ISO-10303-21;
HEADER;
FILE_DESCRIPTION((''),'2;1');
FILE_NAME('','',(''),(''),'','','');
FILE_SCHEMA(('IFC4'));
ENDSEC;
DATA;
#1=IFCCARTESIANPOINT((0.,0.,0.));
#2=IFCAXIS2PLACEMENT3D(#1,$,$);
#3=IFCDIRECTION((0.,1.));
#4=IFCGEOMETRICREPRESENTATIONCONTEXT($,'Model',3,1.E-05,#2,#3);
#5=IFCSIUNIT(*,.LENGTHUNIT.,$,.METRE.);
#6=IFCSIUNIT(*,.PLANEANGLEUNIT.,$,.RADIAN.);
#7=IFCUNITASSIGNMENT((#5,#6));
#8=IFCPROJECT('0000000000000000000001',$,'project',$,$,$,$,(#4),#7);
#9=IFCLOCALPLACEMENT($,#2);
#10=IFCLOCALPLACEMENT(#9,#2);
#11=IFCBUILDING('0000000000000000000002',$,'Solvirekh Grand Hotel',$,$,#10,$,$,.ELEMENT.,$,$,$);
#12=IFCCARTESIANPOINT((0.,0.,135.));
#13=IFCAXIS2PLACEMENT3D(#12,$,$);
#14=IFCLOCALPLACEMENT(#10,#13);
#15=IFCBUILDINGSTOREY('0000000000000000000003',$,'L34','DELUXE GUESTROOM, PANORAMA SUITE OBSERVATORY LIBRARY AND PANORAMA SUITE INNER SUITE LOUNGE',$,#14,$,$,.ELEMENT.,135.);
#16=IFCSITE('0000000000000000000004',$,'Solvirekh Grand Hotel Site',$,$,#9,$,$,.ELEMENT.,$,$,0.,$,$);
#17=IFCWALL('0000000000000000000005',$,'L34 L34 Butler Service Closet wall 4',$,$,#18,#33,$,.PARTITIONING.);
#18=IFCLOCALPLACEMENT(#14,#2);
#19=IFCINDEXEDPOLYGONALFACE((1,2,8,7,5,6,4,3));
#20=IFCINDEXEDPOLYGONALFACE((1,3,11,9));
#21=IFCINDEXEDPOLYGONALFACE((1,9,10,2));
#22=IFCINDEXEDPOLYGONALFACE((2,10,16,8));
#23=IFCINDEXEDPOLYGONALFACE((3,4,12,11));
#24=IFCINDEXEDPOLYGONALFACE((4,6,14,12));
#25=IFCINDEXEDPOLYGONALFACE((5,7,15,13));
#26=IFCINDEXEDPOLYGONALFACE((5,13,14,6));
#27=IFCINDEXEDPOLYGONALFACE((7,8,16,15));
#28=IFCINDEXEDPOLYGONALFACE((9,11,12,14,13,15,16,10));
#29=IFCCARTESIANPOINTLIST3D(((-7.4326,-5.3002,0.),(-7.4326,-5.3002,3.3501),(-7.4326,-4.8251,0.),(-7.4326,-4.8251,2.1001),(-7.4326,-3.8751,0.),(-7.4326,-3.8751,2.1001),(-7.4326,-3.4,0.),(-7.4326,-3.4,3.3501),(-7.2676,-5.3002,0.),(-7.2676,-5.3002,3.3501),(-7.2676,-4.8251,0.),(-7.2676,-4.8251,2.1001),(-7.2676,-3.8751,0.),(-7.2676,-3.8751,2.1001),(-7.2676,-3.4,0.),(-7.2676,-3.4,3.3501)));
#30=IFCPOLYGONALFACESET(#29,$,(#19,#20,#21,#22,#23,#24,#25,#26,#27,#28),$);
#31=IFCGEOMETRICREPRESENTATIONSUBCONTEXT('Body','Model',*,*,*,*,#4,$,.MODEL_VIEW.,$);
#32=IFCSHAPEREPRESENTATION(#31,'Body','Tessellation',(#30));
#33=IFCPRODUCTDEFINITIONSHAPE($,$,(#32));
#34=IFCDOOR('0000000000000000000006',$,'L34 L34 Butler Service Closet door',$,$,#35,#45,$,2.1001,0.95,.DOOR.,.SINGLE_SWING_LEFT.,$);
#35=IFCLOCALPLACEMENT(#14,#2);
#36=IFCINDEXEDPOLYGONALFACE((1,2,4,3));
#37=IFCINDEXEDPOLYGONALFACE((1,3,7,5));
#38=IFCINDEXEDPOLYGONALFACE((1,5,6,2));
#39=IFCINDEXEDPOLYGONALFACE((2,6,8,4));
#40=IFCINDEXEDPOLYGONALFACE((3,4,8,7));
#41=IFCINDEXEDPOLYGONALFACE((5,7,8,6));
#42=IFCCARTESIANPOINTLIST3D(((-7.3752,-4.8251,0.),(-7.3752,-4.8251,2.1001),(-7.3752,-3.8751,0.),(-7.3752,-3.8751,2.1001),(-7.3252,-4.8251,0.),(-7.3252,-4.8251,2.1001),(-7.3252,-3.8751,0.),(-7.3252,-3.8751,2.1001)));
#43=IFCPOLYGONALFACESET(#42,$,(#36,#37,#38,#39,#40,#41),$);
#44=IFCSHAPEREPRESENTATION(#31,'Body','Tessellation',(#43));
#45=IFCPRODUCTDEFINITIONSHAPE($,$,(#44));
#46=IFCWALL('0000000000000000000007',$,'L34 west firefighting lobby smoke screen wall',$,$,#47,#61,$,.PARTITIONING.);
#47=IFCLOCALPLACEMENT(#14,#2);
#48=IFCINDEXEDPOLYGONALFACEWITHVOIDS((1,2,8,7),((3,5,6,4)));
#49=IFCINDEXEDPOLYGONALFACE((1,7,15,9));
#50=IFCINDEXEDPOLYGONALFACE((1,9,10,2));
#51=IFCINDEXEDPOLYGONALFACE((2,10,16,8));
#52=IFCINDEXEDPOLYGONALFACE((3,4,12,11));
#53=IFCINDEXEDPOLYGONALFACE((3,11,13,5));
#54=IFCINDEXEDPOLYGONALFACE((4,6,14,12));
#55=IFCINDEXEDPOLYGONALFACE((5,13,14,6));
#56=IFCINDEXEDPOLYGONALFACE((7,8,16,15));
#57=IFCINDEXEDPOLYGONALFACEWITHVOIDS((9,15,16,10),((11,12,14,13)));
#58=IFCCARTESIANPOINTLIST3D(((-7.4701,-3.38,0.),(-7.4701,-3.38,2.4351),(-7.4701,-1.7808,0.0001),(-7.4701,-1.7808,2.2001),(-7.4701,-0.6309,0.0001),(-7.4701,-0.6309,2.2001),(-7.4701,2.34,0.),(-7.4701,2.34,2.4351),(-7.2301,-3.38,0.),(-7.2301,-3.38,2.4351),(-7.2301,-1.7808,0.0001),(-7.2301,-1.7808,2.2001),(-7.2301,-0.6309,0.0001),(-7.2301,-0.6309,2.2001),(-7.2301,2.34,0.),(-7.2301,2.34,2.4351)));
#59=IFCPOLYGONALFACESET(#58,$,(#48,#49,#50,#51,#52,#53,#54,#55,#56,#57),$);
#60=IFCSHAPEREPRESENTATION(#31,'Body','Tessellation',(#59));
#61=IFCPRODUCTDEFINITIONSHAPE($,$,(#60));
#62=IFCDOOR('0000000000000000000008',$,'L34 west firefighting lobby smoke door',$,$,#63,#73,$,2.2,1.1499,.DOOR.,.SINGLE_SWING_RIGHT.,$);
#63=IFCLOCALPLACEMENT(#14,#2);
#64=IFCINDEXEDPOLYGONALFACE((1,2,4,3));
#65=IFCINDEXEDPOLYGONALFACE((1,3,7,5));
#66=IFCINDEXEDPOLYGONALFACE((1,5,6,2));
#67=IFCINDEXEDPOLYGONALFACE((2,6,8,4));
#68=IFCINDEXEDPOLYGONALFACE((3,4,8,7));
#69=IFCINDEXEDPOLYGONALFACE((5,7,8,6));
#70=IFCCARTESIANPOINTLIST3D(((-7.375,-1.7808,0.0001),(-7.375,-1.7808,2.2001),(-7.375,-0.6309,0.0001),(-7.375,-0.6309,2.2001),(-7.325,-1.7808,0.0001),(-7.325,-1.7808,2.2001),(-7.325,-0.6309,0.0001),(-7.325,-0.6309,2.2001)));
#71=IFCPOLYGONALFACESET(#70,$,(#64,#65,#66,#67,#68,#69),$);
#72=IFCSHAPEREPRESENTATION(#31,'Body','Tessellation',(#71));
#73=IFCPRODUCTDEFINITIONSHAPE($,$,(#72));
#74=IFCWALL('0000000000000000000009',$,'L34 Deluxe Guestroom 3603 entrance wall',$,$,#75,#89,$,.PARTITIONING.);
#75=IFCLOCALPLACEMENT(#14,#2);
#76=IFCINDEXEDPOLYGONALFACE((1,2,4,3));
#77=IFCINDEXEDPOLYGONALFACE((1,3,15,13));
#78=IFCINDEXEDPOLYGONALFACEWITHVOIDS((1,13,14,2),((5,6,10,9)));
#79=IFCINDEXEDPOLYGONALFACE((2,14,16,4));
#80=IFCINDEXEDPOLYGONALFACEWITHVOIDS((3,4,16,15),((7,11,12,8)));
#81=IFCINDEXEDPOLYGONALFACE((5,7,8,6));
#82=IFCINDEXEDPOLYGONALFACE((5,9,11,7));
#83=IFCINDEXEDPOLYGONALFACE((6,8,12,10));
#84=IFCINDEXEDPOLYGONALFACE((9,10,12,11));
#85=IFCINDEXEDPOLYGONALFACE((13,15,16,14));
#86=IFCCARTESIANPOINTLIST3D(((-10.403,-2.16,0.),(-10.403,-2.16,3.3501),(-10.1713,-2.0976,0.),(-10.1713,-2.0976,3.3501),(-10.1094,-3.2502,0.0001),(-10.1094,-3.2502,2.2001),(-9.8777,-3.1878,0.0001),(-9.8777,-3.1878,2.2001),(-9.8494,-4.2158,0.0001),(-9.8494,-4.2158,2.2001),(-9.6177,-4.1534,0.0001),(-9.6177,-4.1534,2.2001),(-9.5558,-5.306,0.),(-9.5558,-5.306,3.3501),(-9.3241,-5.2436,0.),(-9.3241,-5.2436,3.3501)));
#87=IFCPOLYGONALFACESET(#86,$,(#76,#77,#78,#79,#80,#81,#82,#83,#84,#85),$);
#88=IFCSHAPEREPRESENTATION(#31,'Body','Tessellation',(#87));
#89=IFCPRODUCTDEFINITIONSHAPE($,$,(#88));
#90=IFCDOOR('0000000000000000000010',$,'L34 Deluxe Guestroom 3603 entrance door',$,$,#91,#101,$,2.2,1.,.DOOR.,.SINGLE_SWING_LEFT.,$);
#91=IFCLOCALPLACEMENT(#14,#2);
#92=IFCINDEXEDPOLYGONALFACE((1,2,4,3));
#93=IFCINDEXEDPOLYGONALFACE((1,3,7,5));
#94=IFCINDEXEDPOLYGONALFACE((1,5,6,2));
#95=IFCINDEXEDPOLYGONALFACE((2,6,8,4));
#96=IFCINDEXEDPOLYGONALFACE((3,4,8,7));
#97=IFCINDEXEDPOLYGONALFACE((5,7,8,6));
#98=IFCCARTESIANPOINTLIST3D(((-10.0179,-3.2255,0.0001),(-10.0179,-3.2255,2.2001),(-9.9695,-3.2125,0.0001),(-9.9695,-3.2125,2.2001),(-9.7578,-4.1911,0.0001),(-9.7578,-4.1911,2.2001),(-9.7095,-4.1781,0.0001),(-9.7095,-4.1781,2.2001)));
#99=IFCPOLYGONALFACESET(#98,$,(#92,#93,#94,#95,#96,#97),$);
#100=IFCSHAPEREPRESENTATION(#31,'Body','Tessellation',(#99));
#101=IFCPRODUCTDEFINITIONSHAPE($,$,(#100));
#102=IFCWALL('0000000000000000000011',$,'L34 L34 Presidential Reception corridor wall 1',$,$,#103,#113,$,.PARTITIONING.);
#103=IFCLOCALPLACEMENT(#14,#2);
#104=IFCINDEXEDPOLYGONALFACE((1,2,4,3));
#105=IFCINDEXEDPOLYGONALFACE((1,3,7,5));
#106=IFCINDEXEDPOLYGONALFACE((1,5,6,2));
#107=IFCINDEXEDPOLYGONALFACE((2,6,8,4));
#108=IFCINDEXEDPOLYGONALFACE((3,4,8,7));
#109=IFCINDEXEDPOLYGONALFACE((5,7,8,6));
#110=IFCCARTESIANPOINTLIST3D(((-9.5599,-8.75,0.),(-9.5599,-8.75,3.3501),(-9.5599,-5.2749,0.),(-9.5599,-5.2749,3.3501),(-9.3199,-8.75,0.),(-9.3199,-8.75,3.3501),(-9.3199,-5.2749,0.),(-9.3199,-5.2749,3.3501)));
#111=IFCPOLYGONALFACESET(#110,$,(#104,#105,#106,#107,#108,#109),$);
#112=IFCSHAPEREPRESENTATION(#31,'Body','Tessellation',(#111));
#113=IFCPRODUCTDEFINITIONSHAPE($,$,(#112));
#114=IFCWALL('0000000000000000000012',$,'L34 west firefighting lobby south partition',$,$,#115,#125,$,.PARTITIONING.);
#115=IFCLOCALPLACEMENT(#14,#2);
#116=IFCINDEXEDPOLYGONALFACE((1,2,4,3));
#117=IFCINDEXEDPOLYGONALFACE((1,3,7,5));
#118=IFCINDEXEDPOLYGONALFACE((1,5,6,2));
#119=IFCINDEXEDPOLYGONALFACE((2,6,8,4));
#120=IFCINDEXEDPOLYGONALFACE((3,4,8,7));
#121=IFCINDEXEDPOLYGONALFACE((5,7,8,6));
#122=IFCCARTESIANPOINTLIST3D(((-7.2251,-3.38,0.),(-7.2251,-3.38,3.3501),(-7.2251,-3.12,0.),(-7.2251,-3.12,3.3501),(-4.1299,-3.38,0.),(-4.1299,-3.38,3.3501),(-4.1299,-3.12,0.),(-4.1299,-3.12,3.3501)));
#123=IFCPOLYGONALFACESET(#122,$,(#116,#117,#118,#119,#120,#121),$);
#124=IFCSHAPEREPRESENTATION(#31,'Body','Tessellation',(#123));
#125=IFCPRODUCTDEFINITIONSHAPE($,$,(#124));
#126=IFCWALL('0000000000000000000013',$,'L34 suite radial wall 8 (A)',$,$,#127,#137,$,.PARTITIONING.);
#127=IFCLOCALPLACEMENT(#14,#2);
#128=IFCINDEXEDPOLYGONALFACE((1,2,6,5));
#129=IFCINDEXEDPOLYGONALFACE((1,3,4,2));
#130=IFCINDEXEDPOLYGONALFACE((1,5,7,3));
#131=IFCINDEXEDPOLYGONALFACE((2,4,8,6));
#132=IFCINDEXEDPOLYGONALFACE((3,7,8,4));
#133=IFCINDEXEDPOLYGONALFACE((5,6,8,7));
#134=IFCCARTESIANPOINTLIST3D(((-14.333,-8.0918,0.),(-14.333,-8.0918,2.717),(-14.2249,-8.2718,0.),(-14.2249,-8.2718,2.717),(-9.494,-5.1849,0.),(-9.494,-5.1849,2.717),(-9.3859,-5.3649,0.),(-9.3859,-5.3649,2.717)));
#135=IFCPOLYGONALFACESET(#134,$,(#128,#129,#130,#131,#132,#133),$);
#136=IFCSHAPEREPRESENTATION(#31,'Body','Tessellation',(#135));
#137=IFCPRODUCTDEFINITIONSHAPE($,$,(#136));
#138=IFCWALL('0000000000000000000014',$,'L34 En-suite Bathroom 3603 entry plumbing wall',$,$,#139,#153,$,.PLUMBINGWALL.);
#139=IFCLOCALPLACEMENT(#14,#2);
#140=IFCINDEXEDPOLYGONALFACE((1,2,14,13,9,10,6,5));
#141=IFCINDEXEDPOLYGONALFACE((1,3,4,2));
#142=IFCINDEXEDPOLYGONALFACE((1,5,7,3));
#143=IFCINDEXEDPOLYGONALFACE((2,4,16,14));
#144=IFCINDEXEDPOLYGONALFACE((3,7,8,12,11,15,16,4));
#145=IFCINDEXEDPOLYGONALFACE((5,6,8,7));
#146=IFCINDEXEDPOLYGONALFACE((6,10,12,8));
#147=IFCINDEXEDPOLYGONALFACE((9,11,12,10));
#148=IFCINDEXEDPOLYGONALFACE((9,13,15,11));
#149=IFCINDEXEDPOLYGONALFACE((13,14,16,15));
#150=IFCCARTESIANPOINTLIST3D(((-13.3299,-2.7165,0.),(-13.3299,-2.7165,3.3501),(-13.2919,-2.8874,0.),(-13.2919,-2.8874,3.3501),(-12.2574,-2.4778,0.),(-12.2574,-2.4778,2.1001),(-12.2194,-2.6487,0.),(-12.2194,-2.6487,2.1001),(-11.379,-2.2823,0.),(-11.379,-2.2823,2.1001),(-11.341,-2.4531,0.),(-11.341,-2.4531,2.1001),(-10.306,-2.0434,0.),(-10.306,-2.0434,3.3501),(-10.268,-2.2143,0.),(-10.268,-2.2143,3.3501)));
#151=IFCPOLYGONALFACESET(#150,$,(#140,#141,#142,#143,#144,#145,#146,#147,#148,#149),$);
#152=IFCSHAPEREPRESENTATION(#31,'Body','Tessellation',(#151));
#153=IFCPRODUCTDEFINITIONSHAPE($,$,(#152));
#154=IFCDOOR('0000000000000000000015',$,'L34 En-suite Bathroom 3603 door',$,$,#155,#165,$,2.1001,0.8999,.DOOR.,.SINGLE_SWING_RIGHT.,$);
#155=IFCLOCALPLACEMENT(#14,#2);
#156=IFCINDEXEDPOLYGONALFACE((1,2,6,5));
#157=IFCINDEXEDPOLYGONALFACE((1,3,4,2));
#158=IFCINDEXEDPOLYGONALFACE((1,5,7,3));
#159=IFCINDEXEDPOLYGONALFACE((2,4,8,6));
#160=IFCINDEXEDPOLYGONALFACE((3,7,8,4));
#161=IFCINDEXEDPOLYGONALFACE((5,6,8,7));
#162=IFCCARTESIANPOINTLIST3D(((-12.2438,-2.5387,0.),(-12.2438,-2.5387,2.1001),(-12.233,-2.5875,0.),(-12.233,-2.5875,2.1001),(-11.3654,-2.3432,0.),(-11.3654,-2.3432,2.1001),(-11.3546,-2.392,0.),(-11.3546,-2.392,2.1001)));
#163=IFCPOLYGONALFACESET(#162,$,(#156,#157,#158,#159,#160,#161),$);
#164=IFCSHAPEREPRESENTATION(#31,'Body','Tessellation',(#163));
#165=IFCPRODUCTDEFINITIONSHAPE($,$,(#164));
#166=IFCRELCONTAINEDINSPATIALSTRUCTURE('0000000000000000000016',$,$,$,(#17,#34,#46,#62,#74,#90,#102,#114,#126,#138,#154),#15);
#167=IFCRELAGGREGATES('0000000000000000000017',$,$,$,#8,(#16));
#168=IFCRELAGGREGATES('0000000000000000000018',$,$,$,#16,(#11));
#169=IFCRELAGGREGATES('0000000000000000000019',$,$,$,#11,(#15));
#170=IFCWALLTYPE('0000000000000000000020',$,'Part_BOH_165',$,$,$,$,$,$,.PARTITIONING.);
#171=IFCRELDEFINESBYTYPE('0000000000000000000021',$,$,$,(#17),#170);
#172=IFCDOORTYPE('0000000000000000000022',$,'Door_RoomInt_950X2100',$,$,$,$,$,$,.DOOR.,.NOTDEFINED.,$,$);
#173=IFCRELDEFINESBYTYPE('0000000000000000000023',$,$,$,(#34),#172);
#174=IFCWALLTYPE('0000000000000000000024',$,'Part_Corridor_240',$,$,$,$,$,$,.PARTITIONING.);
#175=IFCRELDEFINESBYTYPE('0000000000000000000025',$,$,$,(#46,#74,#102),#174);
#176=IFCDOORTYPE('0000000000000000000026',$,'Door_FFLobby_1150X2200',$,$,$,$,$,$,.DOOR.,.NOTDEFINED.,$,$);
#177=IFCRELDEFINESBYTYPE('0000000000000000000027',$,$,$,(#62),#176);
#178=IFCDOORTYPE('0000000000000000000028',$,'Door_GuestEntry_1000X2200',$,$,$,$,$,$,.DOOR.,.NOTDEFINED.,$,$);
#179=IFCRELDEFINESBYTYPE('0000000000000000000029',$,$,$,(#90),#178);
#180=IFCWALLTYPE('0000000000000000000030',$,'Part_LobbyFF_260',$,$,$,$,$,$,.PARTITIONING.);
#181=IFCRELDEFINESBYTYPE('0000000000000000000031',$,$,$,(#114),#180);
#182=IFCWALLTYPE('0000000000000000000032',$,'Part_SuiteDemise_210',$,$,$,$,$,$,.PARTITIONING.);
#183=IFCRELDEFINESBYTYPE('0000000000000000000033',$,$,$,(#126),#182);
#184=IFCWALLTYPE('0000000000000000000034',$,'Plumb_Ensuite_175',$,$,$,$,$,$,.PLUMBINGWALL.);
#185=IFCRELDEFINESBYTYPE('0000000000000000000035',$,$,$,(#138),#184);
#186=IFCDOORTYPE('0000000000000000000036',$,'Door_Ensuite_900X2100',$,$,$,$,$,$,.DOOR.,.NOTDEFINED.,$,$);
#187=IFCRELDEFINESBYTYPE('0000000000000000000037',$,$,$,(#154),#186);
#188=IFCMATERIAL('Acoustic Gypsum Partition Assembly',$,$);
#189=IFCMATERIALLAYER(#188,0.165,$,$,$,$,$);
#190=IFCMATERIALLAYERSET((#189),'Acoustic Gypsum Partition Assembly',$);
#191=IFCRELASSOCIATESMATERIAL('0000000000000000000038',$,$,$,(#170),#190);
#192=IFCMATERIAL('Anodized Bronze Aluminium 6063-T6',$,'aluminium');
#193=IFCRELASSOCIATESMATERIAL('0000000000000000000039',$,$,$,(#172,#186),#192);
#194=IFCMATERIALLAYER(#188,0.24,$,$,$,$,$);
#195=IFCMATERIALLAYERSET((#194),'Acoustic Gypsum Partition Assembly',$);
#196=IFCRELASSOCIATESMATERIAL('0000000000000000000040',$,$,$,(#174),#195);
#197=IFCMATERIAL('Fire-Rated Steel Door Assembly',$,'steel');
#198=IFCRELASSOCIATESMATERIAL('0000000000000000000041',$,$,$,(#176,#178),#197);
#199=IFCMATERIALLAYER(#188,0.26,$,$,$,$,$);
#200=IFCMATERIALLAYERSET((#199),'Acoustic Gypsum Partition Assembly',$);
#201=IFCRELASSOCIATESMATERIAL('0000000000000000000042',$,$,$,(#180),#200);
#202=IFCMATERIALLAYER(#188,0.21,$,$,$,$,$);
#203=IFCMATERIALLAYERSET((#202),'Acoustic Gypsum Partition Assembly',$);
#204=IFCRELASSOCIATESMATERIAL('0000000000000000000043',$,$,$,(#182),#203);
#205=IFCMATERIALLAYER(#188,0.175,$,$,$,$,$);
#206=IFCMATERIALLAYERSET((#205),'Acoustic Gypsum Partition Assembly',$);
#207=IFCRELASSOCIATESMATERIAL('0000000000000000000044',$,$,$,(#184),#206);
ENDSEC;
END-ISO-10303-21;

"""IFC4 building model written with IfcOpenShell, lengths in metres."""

from ifc_helpers import new_model, si_unit, direction, frame, frame_2d, origin, place, context, subcontext, project, spatial, rectangle, extrude, material, layer, layer_set, type_object, element, fill, save


model = new_model("IFC4")

# Units and contexts
model_context = context("Model", 3, precision=1e-05, world=origin(), true_north=direction((0.0, 1.0)))
body_context = subcontext(model_context, "Body", "Model", "MODEL_VIEW")
ifc_project = project(units=[si_unit("LENGTHUNIT", "METRE"), si_unit("PLANEANGLEUNIT", "RADIAN")], contexts=[model_context])

# Site, building, storey
site_placement = place(None, origin())
site = spatial("IfcSite", under=ifc_project, at=site_placement, Name="Solvirekh Grand Hotel Site", CompositionType="ELEMENT", RefElevation=0.0)
building_placement = place(site_placement, origin())
building = spatial("IfcBuilding", under=site, at=building_placement, Name="Solvirekh Grand Hotel", CompositionType="ELEMENT")
storey_placement = place(building_placement, frame((0.0, 0.0, 135.0)))
storey = spatial("IfcBuildingStorey", under=building, at=storey_placement, Name="L34", Description="DELUXE GUESTROOM, PANORAMA SUITE OBSERVATORY LIBRARY AND PANORAMA SUITE INNER SUITE LOUNGE", CompositionType="ELEMENT", Elevation=135.0)

# Shared definitions
ifc_material_1 = material(Name="Acoustic Gypsum Partition Assembly")
ifc_layer_1 = layer(ifc_material_1, 0.165)
ifc_layer_set_1 = layer_set([ifc_layer_1], Name="Acoustic Gypsum Partition Assembly")
wall_type_1 = type_object("IfcWallType", Name="Part_BOH_165", PredefinedType="PARTITIONING", material=ifc_layer_set_1)

# Walls, openings, doors
wall_1_placement = place(storey_placement, frame((-7.3501, -3.3999, 0.0), z_axis=(0.0, 0.0, 1.0), x_axis=(0.0, -1.0, 0.0)))
wall_1 = element("IfcWall", 1, at=wall_1_placement, inside=storey, type_object=wall_type_1, Name="L34 L34 Butler Service Closet wall 4", PredefinedType="PARTITIONING", context=body_context, shape_type="SweptSolid", body=[
    extrude(rectangle(XDim=1.9001, YDim=0.165, at=frame_2d((0.9502, 0.0))), origin(), (0.0, 0.0, 1.0), 3.3501),
])
opening_1_placement = place(wall_1_placement, frame((0.4751, 0.0, 0.0)))
opening_1 = element("IfcOpeningElement", 2, at=opening_1_placement, cuts=wall_1, PredefinedType="OPENING", context=body_context, shape_type="SweptSolid", body=[
    extrude(rectangle(XDim=0.95, YDim=2.1001, at=frame_2d((0.4751, 1.05))), frame((0.0, 0.0925, 0.0), z_axis=(0.0, -1.0, 0.0), x_axis=(1.0, 0.0, 0.0)), (0.0, 0.0, 1.0), 0.1851),
])
ifc_material_2 = material(Name="Anodized Bronze Aluminium 6063-T6", Category="aluminium")
door_type_1 = type_object("IfcDoorType", Name="Door_RoomInt_950X2100", OperationType="NOTDEFINED", PredefinedType="DOOR", material=ifc_material_2)
door_1_placement = place(opening_1_placement, origin())
door_1 = element("IfcDoor", 3, at=door_1_placement, inside=storey, type_object=door_type_1, Name="L34 L34 Butler Service Closet door", OperationType="SINGLE_SWING_LEFT", OverallHeight=2.1001, OverallWidth=0.95, PredefinedType="DOOR", context=body_context, shape_type="SweptSolid", body=[
    extrude(rectangle(XDim=0.95, YDim=2.1001, at=frame_2d((0.4751, 1.05))), frame((0.0, 0.0249, 0.0), z_axis=(0.0, -1.0, 0.0), x_axis=(1.0, 0.0, 0.0)), (0.0, 0.0, 1.0), 0.05),
])
fill(opening_1, door_1)
ifc_layer_2 = layer(ifc_material_1, 0.24)
ifc_layer_set_2 = layer_set([ifc_layer_2], Name="Acoustic Gypsum Partition Assembly")
wall_type_2 = type_object("IfcWallType", Name="Part_Corridor_240", PredefinedType="PARTITIONING", material=ifc_layer_set_2)
wall_2_placement = place(storey_placement, frame((-7.3501, -3.3799, 0.0), z_axis=(0.0, 0.0, 1.0), x_axis=(0.0, 1.0, 0.0)))
wall_2 = element("IfcWall", 4, at=wall_2_placement, inside=storey, type_object=wall_type_2, Name="L34 west firefighting lobby smoke screen wall", PredefinedType="PARTITIONING", context=body_context, shape_type="SweptSolid", body=[
    extrude(rectangle(XDim=5.72, YDim=0.24, at=frame_2d((2.8599, 0.0))), origin(), (0.0, 0.0, 1.0), 2.4351),
])
opening_2_placement = place(wall_2_placement, frame((1.5991, 0.0, 0.0)))
opening_2 = element("IfcOpeningElement", 5, at=opening_2_placement, cuts=wall_2, PredefinedType="OPENING", context=body_context, shape_type="SweptSolid", body=[
    extrude(rectangle(XDim=1.1499, YDim=2.2, at=frame_2d((0.575, 1.1001))), frame((0.0, 0.1299, 0.0), z_axis=(0.0, -1.0, 0.0), x_axis=(1.0, 0.0, 0.0)), (0.0, 0.0, 1.0), 0.26),
])
ifc_material_3 = material(Name="Fire-Rated Steel Door Assembly", Category="steel")
door_type_2 = type_object("IfcDoorType", Name="Door_FFLobby_1150X2200", OperationType="NOTDEFINED", PredefinedType="DOOR", material=ifc_material_3)
door_2_placement = place(opening_2_placement, origin())
door_2 = element("IfcDoor", 6, at=door_2_placement, inside=storey, type_object=door_type_2, Name="L34 west firefighting lobby smoke door", OperationType="SINGLE_SWING_RIGHT", OverallHeight=2.2, OverallWidth=1.1499, PredefinedType="DOOR", context=body_context, shape_type="SweptSolid", body=[
    extrude(rectangle(XDim=1.1499, YDim=2.2, at=frame_2d((0.575, 1.1001))), frame((0.0, 0.0249, 0.0), z_axis=(0.0, -1.0, 0.0), x_axis=(1.0, 0.0, 0.0)), (0.0, 0.0, 1.0), 0.05),
])
fill(opening_2, door_2)
wall_3_placement = place(storey_placement, frame((-10.2871, -2.1289, 0.0), z_axis=(0.0, 0.0, 1.0), x_axis=(0.260022, -0.965603, 0.0)))
wall_3 = element("IfcWall", 7, at=wall_3_placement, inside=storey, type_object=wall_type_2, Name="L34 Deluxe Guestroom 3603 entrance wall", PredefinedType="PARTITIONING", context=body_context, shape_type="SweptSolid", body=[
    extrude(rectangle(XDim=3.2581, YDim=0.24, at=frame_2d((1.6289, 0.0))), origin(), (0.0, 0.0, 1.0), 3.3501),
])
opening_3_placement = place(wall_3_placement, frame((1.1289, 0.0, 0.0)))
opening_3 = element("IfcOpeningElement", 8, at=opening_3_placement, cuts=wall_3, PredefinedType="OPENING", context=body_context, shape_type="SweptSolid", body=[
    extrude(rectangle(XDim=1.0, YDim=2.2, at=frame_2d((0.5, 1.1001))), frame((0.0, 0.1299, 0.0), z_axis=(0.0, -1.0, 0.0), x_axis=(1.0, 0.0, 0.0)), (0.0, 0.0, 1.0), 0.26),
])
door_type_3 = type_object("IfcDoorType", Name="Door_GuestEntry_1000X2200", OperationType="NOTDEFINED", PredefinedType="DOOR", material=ifc_material_3)
door_3_placement = place(opening_3_placement, origin())
door_3 = element("IfcDoor", 9, at=door_3_placement, inside=storey, type_object=door_type_3, Name="L34 Deluxe Guestroom 3603 entrance door", OperationType="SINGLE_SWING_LEFT", OverallHeight=2.2, OverallWidth=1.0, PredefinedType="DOOR", context=body_context, shape_type="SweptSolid", body=[
    extrude(rectangle(XDim=1.0, YDim=2.2, at=frame_2d((0.5, 1.1001))), frame((0.0, 0.0249, 0.0), z_axis=(0.0, -1.0, 0.0), x_axis=(1.0, 0.0, 0.0)), (0.0, 0.0, 1.0), 0.05),
])
fill(opening_3, door_3)

# Walls
wall_4_placement = place(storey_placement, frame((-9.4399, -5.2749, 0.0), z_axis=(0.0, 0.0, 1.0), x_axis=(0.0, -1.0, 0.0)))
element("IfcWall", 10, at=wall_4_placement, inside=storey, type_object=wall_type_2, Name="L34 L34 Presidential Reception corridor wall 1", PredefinedType="PARTITIONING", context=body_context, shape_type="SweptSolid", body=[
    extrude(rectangle(XDim=3.4751, YDim=0.24, at=frame_2d((1.7375, 0.0))), origin(), (0.0, 0.0, 1.0), 3.3501),
])
ifc_layer_3 = layer(ifc_material_1, 0.26)
ifc_layer_set_3 = layer_set([ifc_layer_3], Name="Acoustic Gypsum Partition Assembly")
wall_type_3 = type_object("IfcWallType", Name="Part_LobbyFF_260", PredefinedType="PARTITIONING", material=ifc_layer_set_3)
wall_5_placement = place(storey_placement, frame((-7.2251, -3.25, 0.0), z_axis=(0.0, 0.0, 1.0), x_axis=(1.0, 0.0, 0.0)))
element("IfcWall", 11, at=wall_5_placement, inside=storey, type_object=wall_type_3, Name="L34 west firefighting lobby south partition", PredefinedType="PARTITIONING", context=body_context, shape_type="SweptSolid", body=[
    extrude(rectangle(XDim=3.0952, YDim=0.26, at=frame_2d((1.5476, 0.0))), origin(), (0.0, 0.0, 1.0), 3.3501),
])
ifc_layer_4 = layer(ifc_material_1, 0.21)
ifc_layer_set_4 = layer_set([ifc_layer_4], Name="Acoustic Gypsum Partition Assembly")
wall_type_4 = type_object("IfcWallType", Name="Part_SuiteDemise_210", PredefinedType="PARTITIONING", material=ifc_layer_set_4)
wall_6_placement = place(storey_placement, frame((-9.4399, -5.2749, 0.0), z_axis=(0.0, 0.0, 1.0), x_axis=(-0.857218, -0.514954, 0.0)))
element("IfcWall", 12, at=wall_6_placement, inside=storey, type_object=wall_type_4, Name="L34 suite radial wall 8 (A)", PredefinedType="PARTITIONING", context=body_context, shape_type="SweptSolid", body=[
    extrude(rectangle(XDim=5.645, YDim=0.21, at=frame_2d((2.8225, 0.0))), origin(), (0.0, 0.0, 1.0), 2.717),
])

# Wall, opening, door
ifc_layer_5 = layer(ifc_material_1, 0.175)
ifc_layer_set_5 = layer_set([ifc_layer_5], Name="Acoustic Gypsum Partition Assembly")
wall_type_5 = type_object("IfcWallType", Name="Plumb_Ensuite_175", PredefinedType="PLUMBINGWALL", material=ifc_layer_set_5)
wall_7_placement = place(storey_placement, frame((-10.2871, -2.1289, 0.0), z_axis=(0.0, 0.0, 1.0), x_axis=(-0.976111, -0.217273, 0.0)))
wall_7 = element("IfcWall", 13, at=wall_7_placement, inside=storey, type_object=wall_type_5, Name="L34 En-suite Bathroom 3603 entry plumbing wall", PredefinedType="PLUMBINGWALL", context=body_context, shape_type="SweptSolid", body=[
    extrude(rectangle(XDim=3.0979, YDim=0.175, at=frame_2d((1.5488, 0.0))), origin(), (0.0, 0.0, 1.0), 3.3501),
])
opening_4_placement = place(wall_7_placement, frame((1.0991, 0.0, 0.0)))
opening_4 = element("IfcOpeningElement", 14, at=opening_4_placement, cuts=wall_7, PredefinedType="OPENING", context=body_context, shape_type="SweptSolid", body=[
    extrude(rectangle(XDim=0.8999, YDim=2.1001, at=frame_2d((0.45, 1.05))), frame((0.0, 0.0977, 0.0), z_axis=(0.0, -1.0, 0.0), x_axis=(1.0, 0.0, 0.0)), (0.0, 0.0, 1.0), 0.1951),
])
door_type_4 = type_object("IfcDoorType", Name="Door_Ensuite_900X2100", OperationType="NOTDEFINED", PredefinedType="DOOR", material=ifc_material_2)
door_4_placement = place(opening_4_placement, origin())
door_4 = element("IfcDoor", 15, at=door_4_placement, inside=storey, type_object=door_type_4, Name="L34 En-suite Bathroom 3603 door", OperationType="SINGLE_SWING_RIGHT", OverallHeight=2.1001, OverallWidth=0.8999, PredefinedType="DOOR", context=body_context, shape_type="SweptSolid", body=[
    extrude(rectangle(XDim=0.8999, YDim=2.1001, at=frame_2d((0.45, 1.05))), frame((0.0, 0.0249, 0.0), z_axis=(0.0, -1.0, 0.0), x_axis=(1.0, 0.0, 0.0)), (0.0, 0.0, 1.0), 0.05),
])
fill(opening_4, door_4)

save(model, "model.ifc")
